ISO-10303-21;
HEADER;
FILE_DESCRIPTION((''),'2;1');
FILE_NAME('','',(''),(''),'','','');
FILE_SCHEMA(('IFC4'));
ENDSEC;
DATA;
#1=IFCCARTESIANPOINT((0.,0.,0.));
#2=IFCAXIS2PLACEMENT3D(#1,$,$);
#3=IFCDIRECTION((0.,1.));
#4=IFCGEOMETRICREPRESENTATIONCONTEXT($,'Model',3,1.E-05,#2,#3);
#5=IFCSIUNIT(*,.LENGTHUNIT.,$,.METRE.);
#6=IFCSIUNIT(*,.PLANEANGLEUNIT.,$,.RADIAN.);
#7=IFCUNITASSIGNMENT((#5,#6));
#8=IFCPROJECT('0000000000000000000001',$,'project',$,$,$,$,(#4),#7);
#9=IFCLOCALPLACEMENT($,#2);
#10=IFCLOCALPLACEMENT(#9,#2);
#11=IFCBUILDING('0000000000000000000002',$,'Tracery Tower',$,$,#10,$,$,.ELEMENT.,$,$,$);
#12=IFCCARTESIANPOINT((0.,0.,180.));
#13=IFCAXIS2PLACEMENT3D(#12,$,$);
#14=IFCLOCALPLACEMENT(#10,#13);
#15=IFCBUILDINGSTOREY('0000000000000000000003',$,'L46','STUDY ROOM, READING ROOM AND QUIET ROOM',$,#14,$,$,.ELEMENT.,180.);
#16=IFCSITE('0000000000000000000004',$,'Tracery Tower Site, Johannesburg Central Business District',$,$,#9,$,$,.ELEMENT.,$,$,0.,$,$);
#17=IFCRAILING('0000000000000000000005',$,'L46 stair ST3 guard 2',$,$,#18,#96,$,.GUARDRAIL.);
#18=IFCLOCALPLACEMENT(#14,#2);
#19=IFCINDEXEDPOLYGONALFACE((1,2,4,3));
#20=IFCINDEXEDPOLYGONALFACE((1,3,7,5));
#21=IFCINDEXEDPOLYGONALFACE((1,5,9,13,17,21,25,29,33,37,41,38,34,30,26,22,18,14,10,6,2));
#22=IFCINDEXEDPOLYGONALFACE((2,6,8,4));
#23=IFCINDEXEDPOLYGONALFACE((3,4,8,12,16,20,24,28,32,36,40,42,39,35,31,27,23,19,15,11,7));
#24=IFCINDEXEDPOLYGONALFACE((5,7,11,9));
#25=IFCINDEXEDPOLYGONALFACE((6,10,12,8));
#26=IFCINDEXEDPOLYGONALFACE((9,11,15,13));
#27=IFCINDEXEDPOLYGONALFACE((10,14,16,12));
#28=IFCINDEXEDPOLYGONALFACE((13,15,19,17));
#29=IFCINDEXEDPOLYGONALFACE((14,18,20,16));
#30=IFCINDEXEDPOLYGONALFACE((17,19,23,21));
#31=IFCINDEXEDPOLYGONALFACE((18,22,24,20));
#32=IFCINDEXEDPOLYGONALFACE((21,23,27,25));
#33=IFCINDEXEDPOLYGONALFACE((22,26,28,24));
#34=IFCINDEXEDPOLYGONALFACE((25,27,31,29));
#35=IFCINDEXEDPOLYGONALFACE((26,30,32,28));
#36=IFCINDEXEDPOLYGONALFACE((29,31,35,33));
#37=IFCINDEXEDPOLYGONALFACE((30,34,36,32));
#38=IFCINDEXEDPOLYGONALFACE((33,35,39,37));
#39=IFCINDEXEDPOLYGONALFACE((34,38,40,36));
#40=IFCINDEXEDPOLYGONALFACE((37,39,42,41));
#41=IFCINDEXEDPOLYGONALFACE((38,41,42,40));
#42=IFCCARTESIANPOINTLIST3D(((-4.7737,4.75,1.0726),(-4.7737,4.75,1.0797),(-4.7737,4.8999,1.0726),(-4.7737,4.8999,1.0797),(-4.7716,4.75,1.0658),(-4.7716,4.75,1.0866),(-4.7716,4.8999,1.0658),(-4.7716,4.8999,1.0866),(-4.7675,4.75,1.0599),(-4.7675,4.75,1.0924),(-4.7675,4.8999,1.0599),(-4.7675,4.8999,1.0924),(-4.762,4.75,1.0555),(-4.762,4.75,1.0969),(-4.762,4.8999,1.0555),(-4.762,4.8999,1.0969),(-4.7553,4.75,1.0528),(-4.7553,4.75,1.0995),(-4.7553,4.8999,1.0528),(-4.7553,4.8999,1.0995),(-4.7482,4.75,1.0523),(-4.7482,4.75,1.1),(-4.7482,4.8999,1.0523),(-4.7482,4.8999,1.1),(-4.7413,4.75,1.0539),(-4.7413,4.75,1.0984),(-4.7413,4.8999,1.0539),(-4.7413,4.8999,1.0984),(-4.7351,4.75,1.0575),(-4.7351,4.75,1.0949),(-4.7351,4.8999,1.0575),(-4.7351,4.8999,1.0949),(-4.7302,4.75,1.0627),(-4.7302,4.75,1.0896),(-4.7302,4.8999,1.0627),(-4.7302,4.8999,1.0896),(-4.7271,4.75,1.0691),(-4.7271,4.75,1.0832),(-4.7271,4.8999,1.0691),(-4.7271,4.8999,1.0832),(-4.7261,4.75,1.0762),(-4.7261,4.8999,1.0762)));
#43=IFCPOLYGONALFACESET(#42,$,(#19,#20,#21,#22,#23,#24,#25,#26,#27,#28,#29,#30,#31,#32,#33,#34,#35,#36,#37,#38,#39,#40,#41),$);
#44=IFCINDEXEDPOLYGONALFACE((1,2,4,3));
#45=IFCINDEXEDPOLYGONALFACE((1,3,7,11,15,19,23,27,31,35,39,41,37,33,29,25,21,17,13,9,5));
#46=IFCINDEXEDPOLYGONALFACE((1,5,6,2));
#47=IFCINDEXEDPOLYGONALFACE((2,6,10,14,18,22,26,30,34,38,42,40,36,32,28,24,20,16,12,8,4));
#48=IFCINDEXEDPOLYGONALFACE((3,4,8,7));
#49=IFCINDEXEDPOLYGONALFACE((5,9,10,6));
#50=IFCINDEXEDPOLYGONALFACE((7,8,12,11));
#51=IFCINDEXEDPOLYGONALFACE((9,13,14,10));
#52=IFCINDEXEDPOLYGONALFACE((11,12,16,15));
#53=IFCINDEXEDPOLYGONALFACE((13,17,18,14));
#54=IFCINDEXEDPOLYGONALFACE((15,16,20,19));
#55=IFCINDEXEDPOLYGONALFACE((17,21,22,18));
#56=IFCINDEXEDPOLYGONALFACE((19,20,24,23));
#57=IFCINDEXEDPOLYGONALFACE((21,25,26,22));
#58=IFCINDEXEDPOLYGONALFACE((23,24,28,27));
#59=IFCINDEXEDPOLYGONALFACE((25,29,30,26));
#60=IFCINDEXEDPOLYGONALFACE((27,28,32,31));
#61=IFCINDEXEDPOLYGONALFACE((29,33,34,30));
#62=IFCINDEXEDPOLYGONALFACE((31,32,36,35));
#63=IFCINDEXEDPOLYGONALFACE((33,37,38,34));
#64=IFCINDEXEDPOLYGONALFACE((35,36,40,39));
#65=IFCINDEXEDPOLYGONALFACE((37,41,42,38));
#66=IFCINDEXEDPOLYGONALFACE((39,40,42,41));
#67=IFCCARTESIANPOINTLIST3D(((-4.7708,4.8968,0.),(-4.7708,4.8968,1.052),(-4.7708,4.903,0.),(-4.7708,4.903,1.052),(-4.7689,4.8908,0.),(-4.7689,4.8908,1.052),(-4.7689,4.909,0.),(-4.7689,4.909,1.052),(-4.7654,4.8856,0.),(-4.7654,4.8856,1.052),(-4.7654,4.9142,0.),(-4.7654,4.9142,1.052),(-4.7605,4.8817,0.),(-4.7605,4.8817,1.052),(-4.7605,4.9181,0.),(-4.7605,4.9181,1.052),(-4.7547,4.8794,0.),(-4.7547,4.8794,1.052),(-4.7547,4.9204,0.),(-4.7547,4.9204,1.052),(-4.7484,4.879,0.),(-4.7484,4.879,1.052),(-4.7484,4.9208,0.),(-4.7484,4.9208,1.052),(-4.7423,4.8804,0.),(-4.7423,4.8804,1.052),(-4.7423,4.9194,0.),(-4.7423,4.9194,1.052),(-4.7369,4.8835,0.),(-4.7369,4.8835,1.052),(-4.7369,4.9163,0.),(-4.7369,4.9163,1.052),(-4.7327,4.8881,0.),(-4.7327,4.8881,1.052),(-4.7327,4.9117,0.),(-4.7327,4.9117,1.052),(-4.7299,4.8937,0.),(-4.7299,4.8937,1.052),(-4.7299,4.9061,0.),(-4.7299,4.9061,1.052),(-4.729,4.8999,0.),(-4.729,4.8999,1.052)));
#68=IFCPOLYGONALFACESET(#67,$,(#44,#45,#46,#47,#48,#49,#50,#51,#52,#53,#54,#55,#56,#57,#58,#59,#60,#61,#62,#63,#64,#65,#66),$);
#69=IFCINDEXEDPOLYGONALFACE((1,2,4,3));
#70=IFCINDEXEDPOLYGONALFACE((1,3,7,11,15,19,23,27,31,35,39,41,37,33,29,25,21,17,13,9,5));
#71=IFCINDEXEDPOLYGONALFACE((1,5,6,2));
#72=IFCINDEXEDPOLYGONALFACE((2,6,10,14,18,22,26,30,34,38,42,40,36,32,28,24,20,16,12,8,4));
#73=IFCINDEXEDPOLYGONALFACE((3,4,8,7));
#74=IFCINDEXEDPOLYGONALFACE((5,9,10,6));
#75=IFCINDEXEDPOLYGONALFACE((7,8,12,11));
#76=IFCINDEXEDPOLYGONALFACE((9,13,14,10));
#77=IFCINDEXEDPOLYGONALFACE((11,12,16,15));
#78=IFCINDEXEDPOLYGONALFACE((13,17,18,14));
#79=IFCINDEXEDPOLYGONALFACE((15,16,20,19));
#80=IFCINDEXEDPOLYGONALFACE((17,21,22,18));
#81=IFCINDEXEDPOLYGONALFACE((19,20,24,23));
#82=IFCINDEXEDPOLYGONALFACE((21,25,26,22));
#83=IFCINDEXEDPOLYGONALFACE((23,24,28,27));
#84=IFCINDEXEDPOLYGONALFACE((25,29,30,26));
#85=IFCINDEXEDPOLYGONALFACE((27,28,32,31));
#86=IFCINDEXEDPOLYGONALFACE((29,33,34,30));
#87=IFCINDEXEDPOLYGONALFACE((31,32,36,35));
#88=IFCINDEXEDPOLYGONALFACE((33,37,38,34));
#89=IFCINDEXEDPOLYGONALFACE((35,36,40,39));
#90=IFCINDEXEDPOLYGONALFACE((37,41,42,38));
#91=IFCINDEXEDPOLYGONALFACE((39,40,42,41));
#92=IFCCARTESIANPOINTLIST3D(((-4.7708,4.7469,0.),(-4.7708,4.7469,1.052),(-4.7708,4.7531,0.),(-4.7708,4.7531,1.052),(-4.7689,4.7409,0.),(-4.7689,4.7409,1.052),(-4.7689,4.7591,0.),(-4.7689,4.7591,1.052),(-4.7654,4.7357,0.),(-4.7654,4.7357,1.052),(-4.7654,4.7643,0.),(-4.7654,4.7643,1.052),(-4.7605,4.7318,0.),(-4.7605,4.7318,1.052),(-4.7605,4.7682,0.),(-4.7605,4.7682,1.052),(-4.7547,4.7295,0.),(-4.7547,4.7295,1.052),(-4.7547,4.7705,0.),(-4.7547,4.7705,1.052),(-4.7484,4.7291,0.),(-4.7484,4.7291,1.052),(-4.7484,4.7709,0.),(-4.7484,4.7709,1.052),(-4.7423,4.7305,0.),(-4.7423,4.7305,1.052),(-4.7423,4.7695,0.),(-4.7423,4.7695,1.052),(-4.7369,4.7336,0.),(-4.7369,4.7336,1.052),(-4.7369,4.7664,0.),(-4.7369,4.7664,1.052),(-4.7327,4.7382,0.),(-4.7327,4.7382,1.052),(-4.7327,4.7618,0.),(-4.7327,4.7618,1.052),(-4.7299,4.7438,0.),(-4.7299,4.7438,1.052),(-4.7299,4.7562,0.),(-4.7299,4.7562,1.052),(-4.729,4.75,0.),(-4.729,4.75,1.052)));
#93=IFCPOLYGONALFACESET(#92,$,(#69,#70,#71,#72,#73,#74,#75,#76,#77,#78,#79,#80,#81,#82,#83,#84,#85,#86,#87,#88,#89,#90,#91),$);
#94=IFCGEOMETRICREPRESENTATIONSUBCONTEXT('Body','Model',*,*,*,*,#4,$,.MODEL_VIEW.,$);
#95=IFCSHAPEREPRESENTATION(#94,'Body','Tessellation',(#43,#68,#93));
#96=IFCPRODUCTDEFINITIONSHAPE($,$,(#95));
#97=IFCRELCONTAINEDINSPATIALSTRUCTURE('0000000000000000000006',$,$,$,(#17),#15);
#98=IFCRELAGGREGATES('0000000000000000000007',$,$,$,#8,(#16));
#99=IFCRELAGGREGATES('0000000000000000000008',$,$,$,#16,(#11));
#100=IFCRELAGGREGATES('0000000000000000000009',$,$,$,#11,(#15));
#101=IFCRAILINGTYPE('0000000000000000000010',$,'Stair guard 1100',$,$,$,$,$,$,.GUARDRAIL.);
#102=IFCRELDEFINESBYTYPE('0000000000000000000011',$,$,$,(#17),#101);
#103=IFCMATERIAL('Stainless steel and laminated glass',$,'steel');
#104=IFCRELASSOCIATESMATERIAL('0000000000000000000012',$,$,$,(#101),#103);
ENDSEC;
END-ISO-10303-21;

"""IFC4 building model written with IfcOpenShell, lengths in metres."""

from ifc_helpers import new_model, si_unit, direction, frame, origin, origin_2d, place, context, subcontext, project, spatial, circle, extrude, material, type_object, element, save


model = new_model("IFC4")

# Units and contexts
model_context = context("Model", 3, precision=1e-05, world=origin(), true_north=direction((0.0, 1.0)))
body_context = subcontext(model_context, "Body", "Model", "MODEL_VIEW")
ifc_project = project(units=[si_unit("LENGTHUNIT", "METRE"), si_unit("PLANEANGLEUNIT", "RADIAN")], contexts=[model_context])

# Site, building, storey
site_placement = place(None, origin())
site = spatial("IfcSite", under=ifc_project, at=site_placement, Name="Tracery Tower Site, Johannesburg Central Business District", CompositionType="ELEMENT", RefElevation=0.0)
building_placement = place(site_placement, origin())
building = spatial("IfcBuilding", under=site, at=building_placement, Name="Tracery Tower", CompositionType="ELEMENT")
storey_placement = place(building_placement, frame((0.0, 0.0, 180.0)))
storey = spatial("IfcBuildingStorey", under=building, at=storey_placement, Name="L46", Description="STUDY ROOM, READING ROOM AND QUIET ROOM", CompositionType="ELEMENT", Elevation=180.0)

# Railing
ifc_material_1 = material(Name="Stainless steel and laminated glass", Category="steel")
railing_type_1 = type_object("IfcRailingType", Name="Stair guard 1100", PredefinedType="GUARDRAIL", material=ifc_material_1)
railing_1_placement = place(storey_placement, frame((-4.75, 4.8999, 0.0)))
element("IfcRailing", 1, at=railing_1_placement, inside=storey, type_object=railing_type_1, Name="L46 stair ST3 guard 2", PredefinedType="GUARDRAIL", context=body_context, shape_type="SweptSolid", body=[
    extrude(circle(Radius=0.0239, at=origin_2d()), frame((0.0, 0.0, 1.0762), z_axis=(0.0, -1.0, 0.0), x_axis=(1.0, 0.0, 0.0)), (0.0, 0.0, 1.0), 0.1499),
    extrude(circle(Radius=0.021, at=origin_2d()), origin(), (0.0, 0.0, 1.0), 1.052),
    extrude(circle(Radius=0.021, at=origin_2d()), frame((0.0, -0.1499, 0.0)), (0.0, 0.0, 1.0), 1.052),
])

save(model, "model.ifc")
